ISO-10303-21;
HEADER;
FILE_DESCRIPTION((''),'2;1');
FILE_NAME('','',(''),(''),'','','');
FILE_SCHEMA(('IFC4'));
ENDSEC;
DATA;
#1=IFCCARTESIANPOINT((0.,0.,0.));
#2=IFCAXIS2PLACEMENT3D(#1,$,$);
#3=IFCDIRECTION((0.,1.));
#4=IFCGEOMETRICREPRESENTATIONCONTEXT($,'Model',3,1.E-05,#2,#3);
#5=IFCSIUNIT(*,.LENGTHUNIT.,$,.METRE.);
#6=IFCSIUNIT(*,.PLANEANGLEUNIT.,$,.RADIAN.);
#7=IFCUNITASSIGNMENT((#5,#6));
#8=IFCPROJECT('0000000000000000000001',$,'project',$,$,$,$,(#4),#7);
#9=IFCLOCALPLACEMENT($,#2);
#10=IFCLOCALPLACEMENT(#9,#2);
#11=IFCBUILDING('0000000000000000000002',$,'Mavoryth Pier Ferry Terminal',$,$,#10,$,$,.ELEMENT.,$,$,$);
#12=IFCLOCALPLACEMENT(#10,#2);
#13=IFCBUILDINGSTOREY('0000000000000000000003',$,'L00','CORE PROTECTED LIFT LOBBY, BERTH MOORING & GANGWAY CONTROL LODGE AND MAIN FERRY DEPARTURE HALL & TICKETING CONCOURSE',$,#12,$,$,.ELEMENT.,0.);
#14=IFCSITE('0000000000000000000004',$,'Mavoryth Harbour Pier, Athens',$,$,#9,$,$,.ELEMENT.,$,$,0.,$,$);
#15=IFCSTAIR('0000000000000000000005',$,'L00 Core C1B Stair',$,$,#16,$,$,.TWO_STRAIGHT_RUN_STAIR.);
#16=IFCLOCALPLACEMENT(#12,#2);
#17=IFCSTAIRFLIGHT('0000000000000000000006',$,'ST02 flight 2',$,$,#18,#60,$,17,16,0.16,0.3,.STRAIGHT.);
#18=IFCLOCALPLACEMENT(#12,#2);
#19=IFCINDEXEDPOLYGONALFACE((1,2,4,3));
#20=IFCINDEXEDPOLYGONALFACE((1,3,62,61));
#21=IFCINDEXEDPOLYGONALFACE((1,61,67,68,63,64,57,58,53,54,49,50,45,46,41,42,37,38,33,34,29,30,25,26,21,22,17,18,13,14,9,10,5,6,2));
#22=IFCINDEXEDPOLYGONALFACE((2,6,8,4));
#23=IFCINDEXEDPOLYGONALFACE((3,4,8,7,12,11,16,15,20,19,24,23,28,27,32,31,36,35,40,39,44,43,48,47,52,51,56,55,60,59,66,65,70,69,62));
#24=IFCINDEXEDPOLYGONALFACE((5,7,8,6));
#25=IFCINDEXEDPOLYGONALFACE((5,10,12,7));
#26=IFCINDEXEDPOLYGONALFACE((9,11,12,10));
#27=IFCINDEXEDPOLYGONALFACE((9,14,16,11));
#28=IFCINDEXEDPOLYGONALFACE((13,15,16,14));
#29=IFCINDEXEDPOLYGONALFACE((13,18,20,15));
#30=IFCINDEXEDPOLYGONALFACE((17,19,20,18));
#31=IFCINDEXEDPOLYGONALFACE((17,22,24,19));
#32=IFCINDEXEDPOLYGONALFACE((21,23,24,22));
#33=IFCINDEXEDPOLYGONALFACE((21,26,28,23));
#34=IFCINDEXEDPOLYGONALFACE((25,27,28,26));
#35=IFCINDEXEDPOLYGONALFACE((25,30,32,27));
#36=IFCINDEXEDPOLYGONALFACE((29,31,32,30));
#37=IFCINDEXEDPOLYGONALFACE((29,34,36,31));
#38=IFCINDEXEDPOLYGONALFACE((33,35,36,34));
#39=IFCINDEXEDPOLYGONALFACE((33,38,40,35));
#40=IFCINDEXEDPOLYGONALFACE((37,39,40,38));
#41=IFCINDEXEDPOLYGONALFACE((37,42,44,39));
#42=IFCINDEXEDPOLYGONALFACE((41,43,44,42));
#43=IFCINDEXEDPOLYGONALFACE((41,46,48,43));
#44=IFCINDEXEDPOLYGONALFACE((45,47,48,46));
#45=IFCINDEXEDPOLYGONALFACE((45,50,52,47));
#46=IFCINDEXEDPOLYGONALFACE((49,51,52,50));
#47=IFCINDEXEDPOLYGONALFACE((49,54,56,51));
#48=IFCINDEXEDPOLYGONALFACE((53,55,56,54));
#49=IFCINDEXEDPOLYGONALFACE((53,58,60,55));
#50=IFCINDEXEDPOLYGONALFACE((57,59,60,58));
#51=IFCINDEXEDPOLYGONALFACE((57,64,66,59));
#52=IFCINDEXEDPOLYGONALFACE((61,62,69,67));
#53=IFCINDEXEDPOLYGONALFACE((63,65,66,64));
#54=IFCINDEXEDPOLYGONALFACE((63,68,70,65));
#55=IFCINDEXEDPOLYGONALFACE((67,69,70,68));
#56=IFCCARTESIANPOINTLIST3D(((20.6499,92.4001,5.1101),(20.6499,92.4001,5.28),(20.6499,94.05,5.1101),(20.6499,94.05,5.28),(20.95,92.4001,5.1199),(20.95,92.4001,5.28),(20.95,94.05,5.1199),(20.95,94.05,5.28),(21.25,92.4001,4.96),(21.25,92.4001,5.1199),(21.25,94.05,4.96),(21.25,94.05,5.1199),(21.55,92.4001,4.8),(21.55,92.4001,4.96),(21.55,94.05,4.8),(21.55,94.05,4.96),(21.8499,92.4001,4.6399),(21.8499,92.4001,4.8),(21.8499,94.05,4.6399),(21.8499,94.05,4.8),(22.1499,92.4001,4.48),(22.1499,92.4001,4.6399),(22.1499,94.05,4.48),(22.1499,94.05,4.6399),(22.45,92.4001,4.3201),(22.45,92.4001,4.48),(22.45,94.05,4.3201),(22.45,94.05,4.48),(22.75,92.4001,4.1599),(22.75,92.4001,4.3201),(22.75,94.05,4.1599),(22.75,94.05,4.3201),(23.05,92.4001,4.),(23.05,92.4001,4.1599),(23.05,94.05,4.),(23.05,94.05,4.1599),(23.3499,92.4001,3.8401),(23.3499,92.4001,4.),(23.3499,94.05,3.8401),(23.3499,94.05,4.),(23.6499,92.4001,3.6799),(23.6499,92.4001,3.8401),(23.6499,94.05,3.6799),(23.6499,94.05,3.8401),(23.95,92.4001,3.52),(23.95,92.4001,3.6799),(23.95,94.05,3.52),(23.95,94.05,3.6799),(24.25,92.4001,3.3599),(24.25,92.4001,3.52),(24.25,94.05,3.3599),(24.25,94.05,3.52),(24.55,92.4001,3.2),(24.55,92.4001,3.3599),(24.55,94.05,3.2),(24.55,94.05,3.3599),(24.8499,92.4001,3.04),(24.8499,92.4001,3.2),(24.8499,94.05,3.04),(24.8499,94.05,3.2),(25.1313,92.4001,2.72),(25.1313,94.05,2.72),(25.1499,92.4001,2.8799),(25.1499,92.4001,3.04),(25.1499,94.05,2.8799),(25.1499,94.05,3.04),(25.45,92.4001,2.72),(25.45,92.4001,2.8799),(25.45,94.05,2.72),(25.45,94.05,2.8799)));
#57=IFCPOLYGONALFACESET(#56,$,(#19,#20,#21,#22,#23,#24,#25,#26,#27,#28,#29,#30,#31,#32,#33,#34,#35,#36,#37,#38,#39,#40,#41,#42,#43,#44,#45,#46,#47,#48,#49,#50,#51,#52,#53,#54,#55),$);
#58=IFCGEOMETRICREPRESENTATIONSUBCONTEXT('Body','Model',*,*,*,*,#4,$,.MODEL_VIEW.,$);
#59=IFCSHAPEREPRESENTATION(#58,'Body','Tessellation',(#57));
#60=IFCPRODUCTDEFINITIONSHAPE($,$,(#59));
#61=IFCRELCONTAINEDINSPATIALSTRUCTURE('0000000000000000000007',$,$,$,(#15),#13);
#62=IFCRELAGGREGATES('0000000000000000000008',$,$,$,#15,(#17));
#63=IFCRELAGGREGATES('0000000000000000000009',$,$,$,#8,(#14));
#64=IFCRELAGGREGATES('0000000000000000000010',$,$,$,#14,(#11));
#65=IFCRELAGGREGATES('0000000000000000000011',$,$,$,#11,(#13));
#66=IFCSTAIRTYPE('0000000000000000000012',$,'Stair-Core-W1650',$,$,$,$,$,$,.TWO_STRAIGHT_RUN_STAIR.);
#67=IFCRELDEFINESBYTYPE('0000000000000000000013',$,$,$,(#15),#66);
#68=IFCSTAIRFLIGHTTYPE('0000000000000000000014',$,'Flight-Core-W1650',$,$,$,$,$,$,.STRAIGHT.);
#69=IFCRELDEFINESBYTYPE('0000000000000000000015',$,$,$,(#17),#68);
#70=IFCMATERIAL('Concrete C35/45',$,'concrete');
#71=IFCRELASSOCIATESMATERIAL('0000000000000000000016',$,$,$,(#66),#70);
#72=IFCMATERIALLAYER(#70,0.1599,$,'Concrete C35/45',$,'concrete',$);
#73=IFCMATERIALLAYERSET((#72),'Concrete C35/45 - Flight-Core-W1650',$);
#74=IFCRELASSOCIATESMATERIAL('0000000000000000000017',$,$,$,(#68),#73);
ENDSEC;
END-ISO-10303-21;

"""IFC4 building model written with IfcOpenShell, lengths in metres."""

from ifc_helpers import new_model, si_unit, direction, frame, origin, place, context, subcontext, project, spatial, polyline, outline, extrude, material, layer, layer_set, type_object, element, aggregate, save


model = new_model("IFC4")

# Units and contexts
model_context = context("Model", 3, precision=1e-05, world=origin(), true_north=direction((0.0, 1.0)))
body_context = subcontext(model_context, "Body", "Model", "MODEL_VIEW")
ifc_project = project(units=[si_unit("LENGTHUNIT", "METRE"), si_unit("PLANEANGLEUNIT", "RADIAN")], contexts=[model_context])

# Site, building, storey
site_placement = place(None, origin())
site = spatial("IfcSite", under=ifc_project, at=site_placement, Name="Mavoryth Harbour Pier, Athens", CompositionType="ELEMENT", RefElevation=0.0)
building_placement = place(site_placement, origin())
building = spatial("IfcBuilding", under=site, at=building_placement, Name="Mavoryth Pier Ferry Terminal", CompositionType="ELEMENT")
storey_placement = place(building_placement, origin())
storey = spatial("IfcBuildingStorey", under=building, at=storey_placement, Name="L00", Description="CORE PROTECTED LIFT LOBBY, BERTH MOORING & GANGWAY CONTROL LODGE AND MAIN FERRY DEPARTURE HALL & TICKETING CONCOURSE", CompositionType="ELEMENT", Elevation=0.0)

# Shared definitions
ifc_material_1 = material(Name="Concrete C35/45", Category="concrete")

# Stair, stair flight
stair_type = type_object("IfcStairType", Name="Stair-Core-W1650", PredefinedType="TWO_STRAIGHT_RUN_STAIR", material=ifc_material_1)
stair_placement = place(storey_placement, origin())
stair = element("IfcStair", 1, at=stair_placement, inside=storey, type_object=stair_type, Name="L00 Core C1B Stair", PredefinedType="TWO_STRAIGHT_RUN_STAIR")
ifc_layer_1 = layer(ifc_material_1, 0.1599, Name="Concrete C35/45", Category="concrete")
ifc_layer_set_1 = layer_set([ifc_layer_1], Name="Concrete C35/45 - Flight-Core-W1650")
stair_flight_type = type_object("IfcStairFlightType", Name="Flight-Core-W1650", PredefinedType="STRAIGHT", material=ifc_layer_set_1)
stair_flight_1_placement = place(storey_placement, frame((25.45, 93.2251, 2.72), z_axis=(0.0, 0.0, 1.0), x_axis=(-1.0, 0.0, 0.0)))
stair_flight_1 = element("IfcStairFlight", 2, at=stair_flight_1_placement, type_object=stair_flight_type, Name="ST02 flight 2", NumberOfRisers=17, NumberOfTreads=16, PredefinedType="STRAIGHT", RiserHeight=0.16, TreadLength=0.3, context=body_context, shape_type="SweptSolid", body=[
    extrude(outline(polyline([(0.0, 0.0), (0.0, 0.1599), (0.3, 0.1599), (0.3, 0.3201), (0.6001, 0.3201), (0.6001, 0.48), (0.8999, 0.48), (0.8999, 0.6399), (1.2, 0.6399), (1.2, 0.8), (1.5, 0.8), (1.5, 0.96), (1.8, 0.96), (1.8, 1.1201), (2.1001, 1.1201), (2.1001, 1.28), (2.3999, 1.28), (2.3999, 1.4399), (2.7, 1.4399), (2.7, 1.6001), (3.0, 1.6001), (3.0, 1.76), (3.3, 1.76), (3.3, 1.9199), (3.6001, 1.9199), (3.6001, 2.0801), (3.8999, 2.0801), (3.8999, 2.24), (4.2, 2.24), (4.2, 2.3999), (4.5, 2.3999), (4.5, 2.5601), (4.8, 2.5601), (4.8, 2.72), (4.8, 2.3901), (0.3186, 0.0), (0.0, 0.0)])), frame((0.0, 0.825, 0.0), z_axis=(0.0, -1.0, 0.0), x_axis=(1.0, 0.0, 0.0)), (0.0, 0.0, 1.0), 1.6499),
])
aggregate(stair, [stair_flight_1])

save(model, "model.ifc")
